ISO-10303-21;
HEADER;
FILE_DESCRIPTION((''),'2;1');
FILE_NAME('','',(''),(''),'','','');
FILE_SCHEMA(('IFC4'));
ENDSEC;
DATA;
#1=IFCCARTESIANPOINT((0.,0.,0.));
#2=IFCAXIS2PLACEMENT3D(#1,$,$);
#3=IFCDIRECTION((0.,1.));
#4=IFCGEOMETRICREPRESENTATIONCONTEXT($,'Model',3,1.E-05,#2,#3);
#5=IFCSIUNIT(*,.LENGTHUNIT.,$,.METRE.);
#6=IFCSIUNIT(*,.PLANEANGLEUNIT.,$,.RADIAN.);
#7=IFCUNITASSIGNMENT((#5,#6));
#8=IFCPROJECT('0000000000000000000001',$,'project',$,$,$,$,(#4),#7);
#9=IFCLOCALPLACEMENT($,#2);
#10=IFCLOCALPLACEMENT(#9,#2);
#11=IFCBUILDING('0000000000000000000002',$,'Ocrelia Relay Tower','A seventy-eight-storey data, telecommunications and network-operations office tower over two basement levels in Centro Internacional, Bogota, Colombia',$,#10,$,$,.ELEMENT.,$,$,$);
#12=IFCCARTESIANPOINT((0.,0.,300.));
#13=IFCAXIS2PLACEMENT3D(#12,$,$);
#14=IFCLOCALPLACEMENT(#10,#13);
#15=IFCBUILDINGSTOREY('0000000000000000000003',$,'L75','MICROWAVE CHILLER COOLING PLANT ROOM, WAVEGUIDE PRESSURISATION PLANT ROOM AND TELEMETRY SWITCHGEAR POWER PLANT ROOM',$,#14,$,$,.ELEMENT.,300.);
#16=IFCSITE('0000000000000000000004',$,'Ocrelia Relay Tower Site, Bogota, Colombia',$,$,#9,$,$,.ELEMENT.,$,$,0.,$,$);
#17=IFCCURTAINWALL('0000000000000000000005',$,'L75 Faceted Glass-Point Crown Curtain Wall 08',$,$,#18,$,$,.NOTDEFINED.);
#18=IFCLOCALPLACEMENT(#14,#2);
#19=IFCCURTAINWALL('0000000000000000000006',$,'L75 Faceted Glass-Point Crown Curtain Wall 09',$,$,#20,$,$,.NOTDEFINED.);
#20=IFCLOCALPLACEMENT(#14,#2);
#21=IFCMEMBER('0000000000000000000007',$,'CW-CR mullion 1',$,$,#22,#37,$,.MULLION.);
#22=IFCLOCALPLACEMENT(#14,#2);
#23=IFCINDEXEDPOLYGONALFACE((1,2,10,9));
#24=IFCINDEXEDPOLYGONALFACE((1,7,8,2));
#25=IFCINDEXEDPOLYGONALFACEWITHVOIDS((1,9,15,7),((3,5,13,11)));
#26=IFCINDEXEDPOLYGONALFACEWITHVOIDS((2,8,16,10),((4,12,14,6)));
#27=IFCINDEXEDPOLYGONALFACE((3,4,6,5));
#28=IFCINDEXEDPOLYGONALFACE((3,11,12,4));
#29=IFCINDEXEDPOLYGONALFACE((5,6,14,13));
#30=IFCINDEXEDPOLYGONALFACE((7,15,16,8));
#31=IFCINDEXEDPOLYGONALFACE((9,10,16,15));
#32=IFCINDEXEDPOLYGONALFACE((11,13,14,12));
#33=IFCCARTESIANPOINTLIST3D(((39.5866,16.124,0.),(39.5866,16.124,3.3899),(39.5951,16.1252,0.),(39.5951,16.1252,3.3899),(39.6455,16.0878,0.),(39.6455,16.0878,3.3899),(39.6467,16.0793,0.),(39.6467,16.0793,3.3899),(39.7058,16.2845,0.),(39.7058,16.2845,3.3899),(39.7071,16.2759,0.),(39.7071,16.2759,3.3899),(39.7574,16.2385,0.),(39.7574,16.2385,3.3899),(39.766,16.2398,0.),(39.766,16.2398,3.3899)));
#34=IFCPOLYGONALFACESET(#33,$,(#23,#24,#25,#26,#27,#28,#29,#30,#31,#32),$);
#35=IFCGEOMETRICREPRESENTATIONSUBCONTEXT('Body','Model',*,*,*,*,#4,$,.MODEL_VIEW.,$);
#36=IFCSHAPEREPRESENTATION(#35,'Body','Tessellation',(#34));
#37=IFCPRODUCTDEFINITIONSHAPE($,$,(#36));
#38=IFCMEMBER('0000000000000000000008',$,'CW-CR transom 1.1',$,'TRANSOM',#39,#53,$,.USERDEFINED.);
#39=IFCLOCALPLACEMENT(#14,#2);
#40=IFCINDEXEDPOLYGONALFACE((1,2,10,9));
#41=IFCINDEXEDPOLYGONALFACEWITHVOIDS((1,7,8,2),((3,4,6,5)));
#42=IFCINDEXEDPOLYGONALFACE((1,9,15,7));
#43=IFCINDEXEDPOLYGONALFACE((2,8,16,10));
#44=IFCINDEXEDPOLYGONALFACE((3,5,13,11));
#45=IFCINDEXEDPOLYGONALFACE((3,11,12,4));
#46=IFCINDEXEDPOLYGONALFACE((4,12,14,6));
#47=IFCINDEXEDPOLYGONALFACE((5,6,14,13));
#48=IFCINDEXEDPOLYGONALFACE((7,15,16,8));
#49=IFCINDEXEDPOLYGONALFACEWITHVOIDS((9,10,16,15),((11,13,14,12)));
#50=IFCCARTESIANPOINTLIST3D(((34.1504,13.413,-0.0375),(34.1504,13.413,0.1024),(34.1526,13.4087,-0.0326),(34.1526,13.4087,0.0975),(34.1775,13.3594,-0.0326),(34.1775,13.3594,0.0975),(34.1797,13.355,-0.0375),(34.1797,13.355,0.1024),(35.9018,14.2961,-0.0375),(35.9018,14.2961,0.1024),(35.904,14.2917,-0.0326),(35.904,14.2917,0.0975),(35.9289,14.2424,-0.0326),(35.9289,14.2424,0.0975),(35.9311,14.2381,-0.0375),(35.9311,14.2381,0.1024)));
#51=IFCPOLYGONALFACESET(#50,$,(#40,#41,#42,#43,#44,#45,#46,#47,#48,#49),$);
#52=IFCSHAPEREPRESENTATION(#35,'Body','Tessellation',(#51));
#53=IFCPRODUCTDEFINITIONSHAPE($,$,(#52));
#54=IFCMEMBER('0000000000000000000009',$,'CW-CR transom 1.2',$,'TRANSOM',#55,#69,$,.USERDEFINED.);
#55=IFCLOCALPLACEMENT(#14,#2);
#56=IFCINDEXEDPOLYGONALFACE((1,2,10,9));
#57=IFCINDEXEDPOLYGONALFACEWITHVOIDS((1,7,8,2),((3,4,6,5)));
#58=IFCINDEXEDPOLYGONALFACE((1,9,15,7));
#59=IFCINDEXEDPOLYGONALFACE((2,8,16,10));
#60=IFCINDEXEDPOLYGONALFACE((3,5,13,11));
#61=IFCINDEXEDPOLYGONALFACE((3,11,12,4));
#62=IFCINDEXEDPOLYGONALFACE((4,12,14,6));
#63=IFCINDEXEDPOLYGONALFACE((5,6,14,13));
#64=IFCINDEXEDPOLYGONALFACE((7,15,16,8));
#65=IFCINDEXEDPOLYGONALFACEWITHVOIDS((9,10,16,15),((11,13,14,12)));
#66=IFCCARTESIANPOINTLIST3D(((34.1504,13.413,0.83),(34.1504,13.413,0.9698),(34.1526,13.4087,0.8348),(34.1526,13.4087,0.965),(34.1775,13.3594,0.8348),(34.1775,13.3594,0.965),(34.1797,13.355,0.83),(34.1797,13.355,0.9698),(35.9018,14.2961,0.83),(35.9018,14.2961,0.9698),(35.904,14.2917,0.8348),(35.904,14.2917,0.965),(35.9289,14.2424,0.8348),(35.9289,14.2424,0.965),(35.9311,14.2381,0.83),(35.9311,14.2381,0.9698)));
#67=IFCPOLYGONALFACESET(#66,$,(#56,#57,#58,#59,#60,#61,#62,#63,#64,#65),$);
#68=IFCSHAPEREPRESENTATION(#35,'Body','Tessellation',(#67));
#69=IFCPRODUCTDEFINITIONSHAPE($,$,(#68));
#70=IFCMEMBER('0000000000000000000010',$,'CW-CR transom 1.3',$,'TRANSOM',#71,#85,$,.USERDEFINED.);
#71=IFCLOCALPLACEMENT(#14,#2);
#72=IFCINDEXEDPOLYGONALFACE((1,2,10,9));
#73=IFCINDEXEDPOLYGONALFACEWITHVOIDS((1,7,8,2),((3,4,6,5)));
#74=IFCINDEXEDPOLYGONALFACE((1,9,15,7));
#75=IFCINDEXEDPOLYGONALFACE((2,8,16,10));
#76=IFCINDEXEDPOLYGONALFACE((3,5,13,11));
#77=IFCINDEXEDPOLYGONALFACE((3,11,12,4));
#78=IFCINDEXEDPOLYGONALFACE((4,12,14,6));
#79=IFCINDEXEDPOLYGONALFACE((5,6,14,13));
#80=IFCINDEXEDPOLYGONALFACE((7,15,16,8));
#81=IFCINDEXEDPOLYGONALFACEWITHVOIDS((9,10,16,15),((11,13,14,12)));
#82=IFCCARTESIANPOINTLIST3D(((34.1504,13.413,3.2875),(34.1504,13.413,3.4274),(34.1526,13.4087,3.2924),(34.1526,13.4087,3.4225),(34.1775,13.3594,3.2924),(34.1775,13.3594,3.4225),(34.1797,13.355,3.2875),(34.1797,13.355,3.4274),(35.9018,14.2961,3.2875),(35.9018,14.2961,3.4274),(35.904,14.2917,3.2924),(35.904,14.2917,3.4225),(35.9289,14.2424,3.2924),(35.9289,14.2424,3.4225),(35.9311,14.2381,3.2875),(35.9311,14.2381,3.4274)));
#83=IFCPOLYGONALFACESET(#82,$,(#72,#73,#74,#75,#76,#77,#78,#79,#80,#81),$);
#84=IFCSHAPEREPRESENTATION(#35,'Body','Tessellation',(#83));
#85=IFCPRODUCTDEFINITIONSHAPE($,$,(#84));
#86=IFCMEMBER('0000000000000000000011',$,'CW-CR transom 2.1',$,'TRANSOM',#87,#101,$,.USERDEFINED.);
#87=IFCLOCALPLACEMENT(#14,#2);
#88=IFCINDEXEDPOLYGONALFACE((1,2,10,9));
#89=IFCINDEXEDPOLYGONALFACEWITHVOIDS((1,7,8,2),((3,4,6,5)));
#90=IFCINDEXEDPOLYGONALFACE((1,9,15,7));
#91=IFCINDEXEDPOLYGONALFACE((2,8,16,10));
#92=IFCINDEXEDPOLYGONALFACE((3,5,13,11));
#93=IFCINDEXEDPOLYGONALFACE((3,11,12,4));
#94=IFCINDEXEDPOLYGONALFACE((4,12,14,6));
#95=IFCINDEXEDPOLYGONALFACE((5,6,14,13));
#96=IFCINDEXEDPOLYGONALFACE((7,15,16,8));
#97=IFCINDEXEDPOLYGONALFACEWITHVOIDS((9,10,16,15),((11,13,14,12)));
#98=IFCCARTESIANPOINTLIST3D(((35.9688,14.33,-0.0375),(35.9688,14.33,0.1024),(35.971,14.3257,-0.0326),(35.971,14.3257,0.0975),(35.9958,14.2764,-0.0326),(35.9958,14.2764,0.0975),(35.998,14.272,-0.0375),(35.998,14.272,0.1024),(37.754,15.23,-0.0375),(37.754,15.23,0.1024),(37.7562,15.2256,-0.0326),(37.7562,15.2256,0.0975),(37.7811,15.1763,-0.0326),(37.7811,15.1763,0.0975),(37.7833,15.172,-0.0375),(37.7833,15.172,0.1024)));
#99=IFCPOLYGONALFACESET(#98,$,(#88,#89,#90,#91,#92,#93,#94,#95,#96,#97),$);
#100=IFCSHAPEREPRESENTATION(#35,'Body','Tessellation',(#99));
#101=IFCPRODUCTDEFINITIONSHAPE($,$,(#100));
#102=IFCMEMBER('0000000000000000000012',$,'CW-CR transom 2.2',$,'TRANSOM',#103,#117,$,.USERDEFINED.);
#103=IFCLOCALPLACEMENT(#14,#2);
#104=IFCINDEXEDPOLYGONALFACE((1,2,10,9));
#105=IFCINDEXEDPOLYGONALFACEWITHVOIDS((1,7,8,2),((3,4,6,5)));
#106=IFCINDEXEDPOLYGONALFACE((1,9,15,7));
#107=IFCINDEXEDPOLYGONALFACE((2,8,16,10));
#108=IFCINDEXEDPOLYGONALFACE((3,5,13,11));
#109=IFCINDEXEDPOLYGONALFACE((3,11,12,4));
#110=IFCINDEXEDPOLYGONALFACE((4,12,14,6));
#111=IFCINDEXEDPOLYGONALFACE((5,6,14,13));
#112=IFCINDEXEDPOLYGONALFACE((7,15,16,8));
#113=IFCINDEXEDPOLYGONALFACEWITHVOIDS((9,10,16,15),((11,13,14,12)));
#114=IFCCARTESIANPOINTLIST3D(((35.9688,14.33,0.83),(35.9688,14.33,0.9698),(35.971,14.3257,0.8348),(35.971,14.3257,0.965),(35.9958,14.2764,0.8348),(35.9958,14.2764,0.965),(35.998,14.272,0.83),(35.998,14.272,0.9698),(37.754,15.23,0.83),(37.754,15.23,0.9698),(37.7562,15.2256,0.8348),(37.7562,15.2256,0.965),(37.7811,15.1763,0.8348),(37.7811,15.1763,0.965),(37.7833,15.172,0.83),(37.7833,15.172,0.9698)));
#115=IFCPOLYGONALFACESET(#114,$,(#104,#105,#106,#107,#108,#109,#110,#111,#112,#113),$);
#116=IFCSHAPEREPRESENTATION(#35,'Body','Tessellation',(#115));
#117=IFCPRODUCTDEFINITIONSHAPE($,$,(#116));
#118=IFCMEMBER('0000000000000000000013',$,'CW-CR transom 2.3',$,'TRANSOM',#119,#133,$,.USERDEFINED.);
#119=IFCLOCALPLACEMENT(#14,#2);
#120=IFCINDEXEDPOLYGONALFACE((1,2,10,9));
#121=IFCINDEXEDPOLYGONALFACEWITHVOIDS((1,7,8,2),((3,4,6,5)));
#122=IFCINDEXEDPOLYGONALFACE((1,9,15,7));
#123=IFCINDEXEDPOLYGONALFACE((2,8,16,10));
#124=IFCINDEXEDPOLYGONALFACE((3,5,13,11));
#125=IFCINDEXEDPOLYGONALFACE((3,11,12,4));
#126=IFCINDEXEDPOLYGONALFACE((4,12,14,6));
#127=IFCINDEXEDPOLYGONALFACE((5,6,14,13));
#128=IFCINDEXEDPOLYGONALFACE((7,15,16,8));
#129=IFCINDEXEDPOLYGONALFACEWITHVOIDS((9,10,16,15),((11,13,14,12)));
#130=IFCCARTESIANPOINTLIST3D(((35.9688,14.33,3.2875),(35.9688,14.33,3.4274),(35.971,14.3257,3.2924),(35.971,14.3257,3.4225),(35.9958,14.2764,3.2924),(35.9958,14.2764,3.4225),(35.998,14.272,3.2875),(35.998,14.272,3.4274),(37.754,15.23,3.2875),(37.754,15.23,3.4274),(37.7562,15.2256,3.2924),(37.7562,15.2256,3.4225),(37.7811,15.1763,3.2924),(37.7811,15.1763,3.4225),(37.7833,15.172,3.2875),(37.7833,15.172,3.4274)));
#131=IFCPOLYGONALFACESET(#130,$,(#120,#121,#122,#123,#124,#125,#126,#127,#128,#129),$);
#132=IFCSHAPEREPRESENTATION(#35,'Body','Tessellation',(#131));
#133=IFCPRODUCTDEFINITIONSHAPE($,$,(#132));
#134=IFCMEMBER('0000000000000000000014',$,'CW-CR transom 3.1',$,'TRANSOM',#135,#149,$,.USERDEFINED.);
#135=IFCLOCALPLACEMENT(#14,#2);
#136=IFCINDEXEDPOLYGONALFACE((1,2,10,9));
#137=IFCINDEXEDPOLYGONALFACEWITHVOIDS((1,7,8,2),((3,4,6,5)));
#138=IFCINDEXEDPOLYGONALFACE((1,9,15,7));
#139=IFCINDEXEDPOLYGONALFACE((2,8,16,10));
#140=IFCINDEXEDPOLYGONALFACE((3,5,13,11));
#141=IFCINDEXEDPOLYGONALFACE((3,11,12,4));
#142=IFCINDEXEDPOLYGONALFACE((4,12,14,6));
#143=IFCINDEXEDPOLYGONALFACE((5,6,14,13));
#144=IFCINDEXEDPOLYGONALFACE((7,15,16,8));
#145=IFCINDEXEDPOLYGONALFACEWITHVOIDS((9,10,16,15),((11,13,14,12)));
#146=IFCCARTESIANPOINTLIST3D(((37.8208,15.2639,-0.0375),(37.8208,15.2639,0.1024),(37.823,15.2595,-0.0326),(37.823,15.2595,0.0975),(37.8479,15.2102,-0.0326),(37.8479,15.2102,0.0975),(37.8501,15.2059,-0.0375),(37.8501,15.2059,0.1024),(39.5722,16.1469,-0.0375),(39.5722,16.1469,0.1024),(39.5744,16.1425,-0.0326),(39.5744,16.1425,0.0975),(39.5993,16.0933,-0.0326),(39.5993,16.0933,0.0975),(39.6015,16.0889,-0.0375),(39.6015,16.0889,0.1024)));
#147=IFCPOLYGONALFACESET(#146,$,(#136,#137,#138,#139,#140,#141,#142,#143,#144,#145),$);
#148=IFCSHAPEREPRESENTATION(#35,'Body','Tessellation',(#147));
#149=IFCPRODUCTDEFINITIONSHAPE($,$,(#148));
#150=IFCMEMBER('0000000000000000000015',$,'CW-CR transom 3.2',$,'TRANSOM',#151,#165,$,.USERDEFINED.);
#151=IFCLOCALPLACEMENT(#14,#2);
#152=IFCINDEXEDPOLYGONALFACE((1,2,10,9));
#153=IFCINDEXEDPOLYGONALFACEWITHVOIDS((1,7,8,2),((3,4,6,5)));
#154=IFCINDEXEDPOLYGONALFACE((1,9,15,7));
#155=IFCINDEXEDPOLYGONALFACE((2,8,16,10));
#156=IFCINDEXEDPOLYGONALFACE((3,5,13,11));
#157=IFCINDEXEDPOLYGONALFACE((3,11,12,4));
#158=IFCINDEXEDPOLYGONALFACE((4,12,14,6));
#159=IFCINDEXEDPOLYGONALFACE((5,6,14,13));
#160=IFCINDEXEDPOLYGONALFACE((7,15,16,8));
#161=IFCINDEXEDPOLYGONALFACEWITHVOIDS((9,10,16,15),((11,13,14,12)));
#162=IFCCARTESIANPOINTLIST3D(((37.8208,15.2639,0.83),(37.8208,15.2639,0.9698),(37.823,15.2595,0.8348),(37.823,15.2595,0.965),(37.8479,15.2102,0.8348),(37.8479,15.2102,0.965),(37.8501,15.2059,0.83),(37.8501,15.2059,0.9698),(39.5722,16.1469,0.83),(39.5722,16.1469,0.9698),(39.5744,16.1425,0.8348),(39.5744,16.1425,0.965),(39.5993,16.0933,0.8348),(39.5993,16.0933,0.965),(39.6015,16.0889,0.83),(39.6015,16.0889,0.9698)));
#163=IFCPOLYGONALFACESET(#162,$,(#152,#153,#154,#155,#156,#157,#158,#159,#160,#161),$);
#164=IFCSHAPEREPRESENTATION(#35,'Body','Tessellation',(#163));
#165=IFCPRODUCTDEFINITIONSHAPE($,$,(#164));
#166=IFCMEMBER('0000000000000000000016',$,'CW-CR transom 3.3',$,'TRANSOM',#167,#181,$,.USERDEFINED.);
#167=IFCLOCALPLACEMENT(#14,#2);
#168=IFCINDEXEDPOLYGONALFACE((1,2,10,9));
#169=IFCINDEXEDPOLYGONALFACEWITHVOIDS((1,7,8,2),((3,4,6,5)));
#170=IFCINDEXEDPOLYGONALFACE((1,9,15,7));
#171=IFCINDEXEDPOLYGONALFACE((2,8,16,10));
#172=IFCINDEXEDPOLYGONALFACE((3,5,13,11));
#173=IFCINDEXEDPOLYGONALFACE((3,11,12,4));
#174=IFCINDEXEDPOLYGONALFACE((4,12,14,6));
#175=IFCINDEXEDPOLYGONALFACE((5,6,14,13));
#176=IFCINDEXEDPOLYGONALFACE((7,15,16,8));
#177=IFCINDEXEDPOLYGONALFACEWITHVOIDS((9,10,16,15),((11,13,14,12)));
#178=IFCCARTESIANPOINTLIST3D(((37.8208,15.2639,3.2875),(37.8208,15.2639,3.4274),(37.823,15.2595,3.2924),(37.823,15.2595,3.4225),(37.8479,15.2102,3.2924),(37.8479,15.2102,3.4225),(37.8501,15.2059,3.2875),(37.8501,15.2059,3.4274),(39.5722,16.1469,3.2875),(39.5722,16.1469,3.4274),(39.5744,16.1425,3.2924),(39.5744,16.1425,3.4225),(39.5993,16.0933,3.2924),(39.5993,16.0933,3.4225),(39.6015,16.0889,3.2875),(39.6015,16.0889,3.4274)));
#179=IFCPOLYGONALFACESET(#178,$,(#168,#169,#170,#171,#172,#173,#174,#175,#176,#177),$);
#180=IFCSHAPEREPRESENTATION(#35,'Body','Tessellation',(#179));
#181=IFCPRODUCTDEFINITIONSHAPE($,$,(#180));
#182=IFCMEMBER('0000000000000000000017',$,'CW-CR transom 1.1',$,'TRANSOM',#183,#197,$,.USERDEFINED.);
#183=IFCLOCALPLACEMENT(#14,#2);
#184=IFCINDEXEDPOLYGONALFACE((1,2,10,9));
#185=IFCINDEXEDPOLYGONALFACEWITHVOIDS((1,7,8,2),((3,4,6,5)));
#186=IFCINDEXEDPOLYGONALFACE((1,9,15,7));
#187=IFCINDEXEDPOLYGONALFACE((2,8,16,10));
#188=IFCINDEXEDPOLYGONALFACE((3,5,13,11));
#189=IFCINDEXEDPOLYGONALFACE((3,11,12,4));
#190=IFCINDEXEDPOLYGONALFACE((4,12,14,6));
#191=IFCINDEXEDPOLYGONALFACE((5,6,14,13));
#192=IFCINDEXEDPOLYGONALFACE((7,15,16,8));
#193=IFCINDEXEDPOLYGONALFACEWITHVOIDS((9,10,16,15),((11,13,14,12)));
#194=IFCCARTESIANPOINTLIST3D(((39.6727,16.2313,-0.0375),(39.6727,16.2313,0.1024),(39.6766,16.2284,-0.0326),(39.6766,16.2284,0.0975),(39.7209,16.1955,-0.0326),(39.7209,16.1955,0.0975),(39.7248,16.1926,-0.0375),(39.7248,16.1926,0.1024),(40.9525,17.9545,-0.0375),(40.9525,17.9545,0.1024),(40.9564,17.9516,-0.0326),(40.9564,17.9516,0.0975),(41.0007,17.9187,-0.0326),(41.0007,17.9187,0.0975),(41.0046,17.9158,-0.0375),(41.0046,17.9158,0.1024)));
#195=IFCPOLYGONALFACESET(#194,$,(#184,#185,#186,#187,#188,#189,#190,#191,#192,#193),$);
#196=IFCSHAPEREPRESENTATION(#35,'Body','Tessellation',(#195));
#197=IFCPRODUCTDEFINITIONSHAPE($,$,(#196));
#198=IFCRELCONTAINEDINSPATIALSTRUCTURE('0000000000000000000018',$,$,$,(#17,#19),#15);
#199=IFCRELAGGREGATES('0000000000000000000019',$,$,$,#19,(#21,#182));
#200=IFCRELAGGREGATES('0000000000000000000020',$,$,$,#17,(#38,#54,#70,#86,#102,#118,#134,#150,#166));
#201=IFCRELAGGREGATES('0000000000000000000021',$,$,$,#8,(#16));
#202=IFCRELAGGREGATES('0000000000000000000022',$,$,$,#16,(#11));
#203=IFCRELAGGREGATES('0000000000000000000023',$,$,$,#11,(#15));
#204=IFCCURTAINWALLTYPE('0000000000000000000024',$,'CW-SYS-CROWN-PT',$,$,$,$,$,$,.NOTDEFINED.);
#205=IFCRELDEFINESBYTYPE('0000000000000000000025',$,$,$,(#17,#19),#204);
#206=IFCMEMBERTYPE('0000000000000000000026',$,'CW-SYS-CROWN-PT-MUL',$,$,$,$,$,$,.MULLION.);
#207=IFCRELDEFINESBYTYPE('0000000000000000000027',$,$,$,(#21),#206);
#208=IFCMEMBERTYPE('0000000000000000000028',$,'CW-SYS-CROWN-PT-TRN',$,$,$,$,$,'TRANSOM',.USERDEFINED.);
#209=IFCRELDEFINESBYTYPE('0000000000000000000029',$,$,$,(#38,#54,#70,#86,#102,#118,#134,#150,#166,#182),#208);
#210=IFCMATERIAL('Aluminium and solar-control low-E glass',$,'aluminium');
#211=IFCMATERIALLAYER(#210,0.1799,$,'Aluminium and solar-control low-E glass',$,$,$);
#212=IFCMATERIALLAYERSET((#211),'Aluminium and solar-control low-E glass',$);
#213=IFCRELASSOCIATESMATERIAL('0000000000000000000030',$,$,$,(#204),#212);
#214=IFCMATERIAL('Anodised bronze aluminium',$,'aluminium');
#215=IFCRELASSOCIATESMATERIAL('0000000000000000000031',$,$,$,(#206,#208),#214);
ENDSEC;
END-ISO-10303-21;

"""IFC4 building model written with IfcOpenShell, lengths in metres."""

from ifc_helpers import new_model, si_unit, direction, frame, origin, origin_2d, place, context, subcontext, project, spatial, hollow_rectangle, extrude, material, layer, layer_set, material_profile, profile_set, type_object, element, aggregate, save


model = new_model("IFC4")

# Units and contexts
model_context = context("Model", 3, precision=1e-05, world=origin(), true_north=direction((0.0, 1.0)))
body_context = subcontext(model_context, "Body", "Model", "MODEL_VIEW")
ifc_project = project(units=[si_unit("LENGTHUNIT", "METRE"), si_unit("PLANEANGLEUNIT", "RADIAN")], contexts=[model_context])

# Site, building, storey
site_placement = place(None, origin())
site = spatial("IfcSite", under=ifc_project, at=site_placement, Name="Ocrelia Relay Tower Site, Bogota, Colombia", CompositionType="ELEMENT", RefElevation=0.0)
building_placement = place(site_placement, origin())
building = spatial("IfcBuilding", under=site, at=building_placement, Name="Ocrelia Relay Tower", Description="A seventy-eight-storey data, telecommunications and network-operations office tower over two basement levels in Centro Internacional, Bogota, Colombia", CompositionType="ELEMENT")
storey_placement = place(building_placement, frame((0.0, 0.0, 300.0)))
storey = spatial("IfcBuildingStorey", under=building, at=storey_placement, Name="L75", Description="MICROWAVE CHILLER COOLING PLANT ROOM, WAVEGUIDE PRESSURISATION PLANT ROOM AND TELEMETRY SWITCHGEAR POWER PLANT ROOM", CompositionType="ELEMENT", Elevation=300.0)

# Shared definitions
ifc_material_1 = material(Name="Aluminium and solar-control low-E glass", Category="aluminium")
ifc_layer_1 = layer(ifc_material_1, 0.1799, Name="Aluminium and solar-control low-E glass")
ifc_layer_set_1 = layer_set([ifc_layer_1], Name="Aluminium and solar-control low-E glass")
curtain_wall_type = type_object("IfcCurtainWallType", Name="CW-SYS-CROWN-PT", PredefinedType="NOTDEFINED", material=ifc_layer_set_1)
ifc_material_2 = material(Name="Anodised bronze aluminium", Category="aluminium")
ifc_material_profile_1 = material_profile(ifc_material_2, hollow_rectangle(XDim=0.075, YDim=0.2, WallThickness=0.0061, at=origin_2d()), Name="CW-MUL-200x75")
ifc_profile_set_1 = profile_set([ifc_material_profile_1], Name="Anodised bronze aluminium")
member_type_1 = type_object("IfcMemberType", Name="CW-SYS-CROWN-PT-MUL", PredefinedType="MULLION", material=ifc_profile_set_1)

# Curtain wall
curtain_wall_1_placement = place(storey_placement, origin())
curtain_wall_1 = element("IfcCurtainWall", 1, at=curtain_wall_1_placement, inside=storey, type_object=curtain_wall_type, Name="L75 Faceted Glass-Point Crown Curtain Wall 08", PredefinedType="NOTDEFINED")

# Curtain wall, member
curtain_wall_2_placement = place(storey_placement, origin())
curtain_wall_2 = element("IfcCurtainWall", 2, at=curtain_wall_2_placement, inside=storey, type_object=curtain_wall_type, Name="L75 Faceted Glass-Point Crown Curtain Wall 09", PredefinedType="NOTDEFINED")
member_1_placement = place(storey_placement, frame((39.6763, 16.1819, 0.0), z_axis=(0.0, 0.0, 1.0), x_axis=(-0.802777, 0.59628, 0.0)))
member_1 = element("IfcMember", 3, at=member_1_placement, type_object=member_type_1, Name="CW-CR mullion 1", PredefinedType="MULLION", context=body_context, shape_type="SweptSolid", body=[
    extrude(hollow_rectangle(XDim=0.075, YDim=0.2, WallThickness=0.0061, at=origin_2d()), origin(), (0.0, 0.0, 1.0), 3.3899),
])

# Members
ifc_material_profile_2 = material_profile(ifc_material_2, hollow_rectangle(XDim=0.0649, YDim=0.1399, WallThickness=0.0049, at=origin_2d()), Name="CW-TRN-140x65")
ifc_profile_set_2 = profile_set([ifc_material_profile_2], Name="Anodised bronze aluminium")
member_type_2 = type_object("IfcMemberType", Name="CW-SYS-CROWN-PT-TRN", ElementType="TRANSOM", PredefinedType="USERDEFINED", material=ifc_profile_set_2)
member_2_placement = place(storey_placement, frame((34.165, 13.384, 0.0325), z_axis=(0.892929, 0.450198, 0.0), x_axis=(-0.450198, 0.892929, 0.0)))
member_2 = element("IfcMember", 4, at=member_2_placement, type_object=member_type_2, Name="CW-CR transom 1.1", ObjectType="TRANSOM", PredefinedType="USERDEFINED", context=body_context, shape_type="SweptSolid", body=[
    extrude(hollow_rectangle(XDim=0.0649, YDim=0.1399, WallThickness=0.0049, at=origin_2d()), origin(), (0.0, 0.0, 1.0), 1.9614),
])
member_3_placement = place(storey_placement, frame((34.165, 13.384, 0.8999), z_axis=(0.892929, 0.450198, 0.0), x_axis=(-0.450198, 0.892929, 0.0)))
member_3 = element("IfcMember", 5, at=member_3_placement, type_object=member_type_2, Name="CW-CR transom 1.2", ObjectType="TRANSOM", PredefinedType="USERDEFINED", context=body_context, shape_type="SweptSolid", body=[
    extrude(hollow_rectangle(XDim=0.0649, YDim=0.1399, WallThickness=0.0049, at=origin_2d()), origin(), (0.0, 0.0, 1.0), 1.9614),
])
member_4_placement = place(storey_placement, frame((34.165, 13.384, 3.3574), z_axis=(0.892929, 0.450198, 0.0), x_axis=(-0.450198, 0.892929, 0.0)))
member_4 = element("IfcMember", 6, at=member_4_placement, type_object=member_type_2, Name="CW-CR transom 1.3", ObjectType="TRANSOM", PredefinedType="USERDEFINED", context=body_context, shape_type="SweptSolid", body=[
    extrude(hollow_rectangle(XDim=0.0649, YDim=0.1399, WallThickness=0.0049, at=origin_2d()), origin(), (0.0, 0.0, 1.0), 1.9614),
])
member_5_placement = place(storey_placement, frame((35.9834, 14.301, 0.0325), z_axis=(0.892957, 0.450142, 0.0), x_axis=(-0.450142, 0.892957, 0.0)))
member_5 = element("IfcMember", 7, at=member_5_placement, type_object=member_type_2, Name="CW-CR transom 2.1", ObjectType="TRANSOM", PredefinedType="USERDEFINED", context=body_context, shape_type="SweptSolid", body=[
    extrude(hollow_rectangle(XDim=0.0649, YDim=0.1399, WallThickness=0.0049, at=origin_2d()), origin(), (0.0, 0.0, 1.0), 1.9993),
])
member_6_placement = place(storey_placement, frame((35.9834, 14.301, 0.8999), z_axis=(0.892957, 0.450142, 0.0), x_axis=(-0.450142, 0.892957, 0.0)))
member_6 = element("IfcMember", 8, at=member_6_placement, type_object=member_type_2, Name="CW-CR transom 2.2", ObjectType="TRANSOM", PredefinedType="USERDEFINED", context=body_context, shape_type="SweptSolid", body=[
    extrude(hollow_rectangle(XDim=0.0649, YDim=0.1399, WallThickness=0.0049, at=origin_2d()), origin(), (0.0, 0.0, 1.0), 1.9993),
])
member_7_placement = place(storey_placement, frame((35.9834, 14.301, 3.3574), z_axis=(0.892957, 0.450142, 0.0), x_axis=(-0.450142, 0.892957, 0.0)))
member_7 = element("IfcMember", 9, at=member_7_placement, type_object=member_type_2, Name="CW-CR transom 2.3", ObjectType="TRANSOM", PredefinedType="USERDEFINED", context=body_context, shape_type="SweptSolid", body=[
    extrude(hollow_rectangle(XDim=0.0649, YDim=0.1399, WallThickness=0.0049, at=origin_2d()), origin(), (0.0, 0.0, 1.0), 1.9993),
])
member_8_placement = place(storey_placement, frame((37.8354, 15.2349, 0.0325), z_axis=(0.892929, 0.450198, 0.0), x_axis=(-0.450198, 0.892929, 0.0)))
member_8 = element("IfcMember", 10, at=member_8_placement, type_object=member_type_2, Name="CW-CR transom 3.1", ObjectType="TRANSOM", PredefinedType="USERDEFINED", context=body_context, shape_type="SweptSolid", body=[
    extrude(hollow_rectangle(XDim=0.0649, YDim=0.1399, WallThickness=0.0049, at=origin_2d()), origin(), (0.0, 0.0, 1.0), 1.9614),
])
member_9_placement = place(storey_placement, frame((37.8354, 15.2349, 0.8999), z_axis=(0.892929, 0.450198, 0.0), x_axis=(-0.450198, 0.892929, 0.0)))
member_9 = element("IfcMember", 11, at=member_9_placement, type_object=member_type_2, Name="CW-CR transom 3.2", ObjectType="TRANSOM", PredefinedType="USERDEFINED", context=body_context, shape_type="SweptSolid", body=[
    extrude(hollow_rectangle(XDim=0.0649, YDim=0.1399, WallThickness=0.0049, at=origin_2d()), origin(), (0.0, 0.0, 1.0), 1.9614),
])
member_10_placement = place(storey_placement, frame((37.8354, 15.2349, 3.3574), z_axis=(0.892929, 0.450198, 0.0), x_axis=(-0.450198, 0.892929, 0.0)))
member_10 = element("IfcMember", 12, at=member_10_placement, type_object=member_type_2, Name="CW-CR transom 3.3", ObjectType="TRANSOM", PredefinedType="USERDEFINED", context=body_context, shape_type="SweptSolid", body=[
    extrude(hollow_rectangle(XDim=0.0649, YDim=0.1399, WallThickness=0.0049, at=origin_2d()), origin(), (0.0, 0.0, 1.0), 1.9614),
])
member_11_placement = place(storey_placement, frame((39.6987, 16.2119, 0.0325), z_axis=(0.596244, 0.802803, 0.0), x_axis=(-0.802803, 0.596244, 0.0)))
member_11 = element("IfcMember", 13, at=member_11_placement, type_object=member_type_2, Name="CW-CR transom 1.1", ObjectType="TRANSOM", PredefinedType="USERDEFINED", context=body_context, shape_type="SweptSolid", body=[
    extrude(hollow_rectangle(XDim=0.0649, YDim=0.1399, WallThickness=0.0049, at=origin_2d()), origin(), (0.0, 0.0, 1.0), 2.1465),
])
aggregate(curtain_wall_2, [member_1, member_11])

aggregate(curtain_wall_1, [member_2, member_3, member_4, member_5, member_6, member_7, member_8, member_9, member_10])

save(model, "model.ifc")
